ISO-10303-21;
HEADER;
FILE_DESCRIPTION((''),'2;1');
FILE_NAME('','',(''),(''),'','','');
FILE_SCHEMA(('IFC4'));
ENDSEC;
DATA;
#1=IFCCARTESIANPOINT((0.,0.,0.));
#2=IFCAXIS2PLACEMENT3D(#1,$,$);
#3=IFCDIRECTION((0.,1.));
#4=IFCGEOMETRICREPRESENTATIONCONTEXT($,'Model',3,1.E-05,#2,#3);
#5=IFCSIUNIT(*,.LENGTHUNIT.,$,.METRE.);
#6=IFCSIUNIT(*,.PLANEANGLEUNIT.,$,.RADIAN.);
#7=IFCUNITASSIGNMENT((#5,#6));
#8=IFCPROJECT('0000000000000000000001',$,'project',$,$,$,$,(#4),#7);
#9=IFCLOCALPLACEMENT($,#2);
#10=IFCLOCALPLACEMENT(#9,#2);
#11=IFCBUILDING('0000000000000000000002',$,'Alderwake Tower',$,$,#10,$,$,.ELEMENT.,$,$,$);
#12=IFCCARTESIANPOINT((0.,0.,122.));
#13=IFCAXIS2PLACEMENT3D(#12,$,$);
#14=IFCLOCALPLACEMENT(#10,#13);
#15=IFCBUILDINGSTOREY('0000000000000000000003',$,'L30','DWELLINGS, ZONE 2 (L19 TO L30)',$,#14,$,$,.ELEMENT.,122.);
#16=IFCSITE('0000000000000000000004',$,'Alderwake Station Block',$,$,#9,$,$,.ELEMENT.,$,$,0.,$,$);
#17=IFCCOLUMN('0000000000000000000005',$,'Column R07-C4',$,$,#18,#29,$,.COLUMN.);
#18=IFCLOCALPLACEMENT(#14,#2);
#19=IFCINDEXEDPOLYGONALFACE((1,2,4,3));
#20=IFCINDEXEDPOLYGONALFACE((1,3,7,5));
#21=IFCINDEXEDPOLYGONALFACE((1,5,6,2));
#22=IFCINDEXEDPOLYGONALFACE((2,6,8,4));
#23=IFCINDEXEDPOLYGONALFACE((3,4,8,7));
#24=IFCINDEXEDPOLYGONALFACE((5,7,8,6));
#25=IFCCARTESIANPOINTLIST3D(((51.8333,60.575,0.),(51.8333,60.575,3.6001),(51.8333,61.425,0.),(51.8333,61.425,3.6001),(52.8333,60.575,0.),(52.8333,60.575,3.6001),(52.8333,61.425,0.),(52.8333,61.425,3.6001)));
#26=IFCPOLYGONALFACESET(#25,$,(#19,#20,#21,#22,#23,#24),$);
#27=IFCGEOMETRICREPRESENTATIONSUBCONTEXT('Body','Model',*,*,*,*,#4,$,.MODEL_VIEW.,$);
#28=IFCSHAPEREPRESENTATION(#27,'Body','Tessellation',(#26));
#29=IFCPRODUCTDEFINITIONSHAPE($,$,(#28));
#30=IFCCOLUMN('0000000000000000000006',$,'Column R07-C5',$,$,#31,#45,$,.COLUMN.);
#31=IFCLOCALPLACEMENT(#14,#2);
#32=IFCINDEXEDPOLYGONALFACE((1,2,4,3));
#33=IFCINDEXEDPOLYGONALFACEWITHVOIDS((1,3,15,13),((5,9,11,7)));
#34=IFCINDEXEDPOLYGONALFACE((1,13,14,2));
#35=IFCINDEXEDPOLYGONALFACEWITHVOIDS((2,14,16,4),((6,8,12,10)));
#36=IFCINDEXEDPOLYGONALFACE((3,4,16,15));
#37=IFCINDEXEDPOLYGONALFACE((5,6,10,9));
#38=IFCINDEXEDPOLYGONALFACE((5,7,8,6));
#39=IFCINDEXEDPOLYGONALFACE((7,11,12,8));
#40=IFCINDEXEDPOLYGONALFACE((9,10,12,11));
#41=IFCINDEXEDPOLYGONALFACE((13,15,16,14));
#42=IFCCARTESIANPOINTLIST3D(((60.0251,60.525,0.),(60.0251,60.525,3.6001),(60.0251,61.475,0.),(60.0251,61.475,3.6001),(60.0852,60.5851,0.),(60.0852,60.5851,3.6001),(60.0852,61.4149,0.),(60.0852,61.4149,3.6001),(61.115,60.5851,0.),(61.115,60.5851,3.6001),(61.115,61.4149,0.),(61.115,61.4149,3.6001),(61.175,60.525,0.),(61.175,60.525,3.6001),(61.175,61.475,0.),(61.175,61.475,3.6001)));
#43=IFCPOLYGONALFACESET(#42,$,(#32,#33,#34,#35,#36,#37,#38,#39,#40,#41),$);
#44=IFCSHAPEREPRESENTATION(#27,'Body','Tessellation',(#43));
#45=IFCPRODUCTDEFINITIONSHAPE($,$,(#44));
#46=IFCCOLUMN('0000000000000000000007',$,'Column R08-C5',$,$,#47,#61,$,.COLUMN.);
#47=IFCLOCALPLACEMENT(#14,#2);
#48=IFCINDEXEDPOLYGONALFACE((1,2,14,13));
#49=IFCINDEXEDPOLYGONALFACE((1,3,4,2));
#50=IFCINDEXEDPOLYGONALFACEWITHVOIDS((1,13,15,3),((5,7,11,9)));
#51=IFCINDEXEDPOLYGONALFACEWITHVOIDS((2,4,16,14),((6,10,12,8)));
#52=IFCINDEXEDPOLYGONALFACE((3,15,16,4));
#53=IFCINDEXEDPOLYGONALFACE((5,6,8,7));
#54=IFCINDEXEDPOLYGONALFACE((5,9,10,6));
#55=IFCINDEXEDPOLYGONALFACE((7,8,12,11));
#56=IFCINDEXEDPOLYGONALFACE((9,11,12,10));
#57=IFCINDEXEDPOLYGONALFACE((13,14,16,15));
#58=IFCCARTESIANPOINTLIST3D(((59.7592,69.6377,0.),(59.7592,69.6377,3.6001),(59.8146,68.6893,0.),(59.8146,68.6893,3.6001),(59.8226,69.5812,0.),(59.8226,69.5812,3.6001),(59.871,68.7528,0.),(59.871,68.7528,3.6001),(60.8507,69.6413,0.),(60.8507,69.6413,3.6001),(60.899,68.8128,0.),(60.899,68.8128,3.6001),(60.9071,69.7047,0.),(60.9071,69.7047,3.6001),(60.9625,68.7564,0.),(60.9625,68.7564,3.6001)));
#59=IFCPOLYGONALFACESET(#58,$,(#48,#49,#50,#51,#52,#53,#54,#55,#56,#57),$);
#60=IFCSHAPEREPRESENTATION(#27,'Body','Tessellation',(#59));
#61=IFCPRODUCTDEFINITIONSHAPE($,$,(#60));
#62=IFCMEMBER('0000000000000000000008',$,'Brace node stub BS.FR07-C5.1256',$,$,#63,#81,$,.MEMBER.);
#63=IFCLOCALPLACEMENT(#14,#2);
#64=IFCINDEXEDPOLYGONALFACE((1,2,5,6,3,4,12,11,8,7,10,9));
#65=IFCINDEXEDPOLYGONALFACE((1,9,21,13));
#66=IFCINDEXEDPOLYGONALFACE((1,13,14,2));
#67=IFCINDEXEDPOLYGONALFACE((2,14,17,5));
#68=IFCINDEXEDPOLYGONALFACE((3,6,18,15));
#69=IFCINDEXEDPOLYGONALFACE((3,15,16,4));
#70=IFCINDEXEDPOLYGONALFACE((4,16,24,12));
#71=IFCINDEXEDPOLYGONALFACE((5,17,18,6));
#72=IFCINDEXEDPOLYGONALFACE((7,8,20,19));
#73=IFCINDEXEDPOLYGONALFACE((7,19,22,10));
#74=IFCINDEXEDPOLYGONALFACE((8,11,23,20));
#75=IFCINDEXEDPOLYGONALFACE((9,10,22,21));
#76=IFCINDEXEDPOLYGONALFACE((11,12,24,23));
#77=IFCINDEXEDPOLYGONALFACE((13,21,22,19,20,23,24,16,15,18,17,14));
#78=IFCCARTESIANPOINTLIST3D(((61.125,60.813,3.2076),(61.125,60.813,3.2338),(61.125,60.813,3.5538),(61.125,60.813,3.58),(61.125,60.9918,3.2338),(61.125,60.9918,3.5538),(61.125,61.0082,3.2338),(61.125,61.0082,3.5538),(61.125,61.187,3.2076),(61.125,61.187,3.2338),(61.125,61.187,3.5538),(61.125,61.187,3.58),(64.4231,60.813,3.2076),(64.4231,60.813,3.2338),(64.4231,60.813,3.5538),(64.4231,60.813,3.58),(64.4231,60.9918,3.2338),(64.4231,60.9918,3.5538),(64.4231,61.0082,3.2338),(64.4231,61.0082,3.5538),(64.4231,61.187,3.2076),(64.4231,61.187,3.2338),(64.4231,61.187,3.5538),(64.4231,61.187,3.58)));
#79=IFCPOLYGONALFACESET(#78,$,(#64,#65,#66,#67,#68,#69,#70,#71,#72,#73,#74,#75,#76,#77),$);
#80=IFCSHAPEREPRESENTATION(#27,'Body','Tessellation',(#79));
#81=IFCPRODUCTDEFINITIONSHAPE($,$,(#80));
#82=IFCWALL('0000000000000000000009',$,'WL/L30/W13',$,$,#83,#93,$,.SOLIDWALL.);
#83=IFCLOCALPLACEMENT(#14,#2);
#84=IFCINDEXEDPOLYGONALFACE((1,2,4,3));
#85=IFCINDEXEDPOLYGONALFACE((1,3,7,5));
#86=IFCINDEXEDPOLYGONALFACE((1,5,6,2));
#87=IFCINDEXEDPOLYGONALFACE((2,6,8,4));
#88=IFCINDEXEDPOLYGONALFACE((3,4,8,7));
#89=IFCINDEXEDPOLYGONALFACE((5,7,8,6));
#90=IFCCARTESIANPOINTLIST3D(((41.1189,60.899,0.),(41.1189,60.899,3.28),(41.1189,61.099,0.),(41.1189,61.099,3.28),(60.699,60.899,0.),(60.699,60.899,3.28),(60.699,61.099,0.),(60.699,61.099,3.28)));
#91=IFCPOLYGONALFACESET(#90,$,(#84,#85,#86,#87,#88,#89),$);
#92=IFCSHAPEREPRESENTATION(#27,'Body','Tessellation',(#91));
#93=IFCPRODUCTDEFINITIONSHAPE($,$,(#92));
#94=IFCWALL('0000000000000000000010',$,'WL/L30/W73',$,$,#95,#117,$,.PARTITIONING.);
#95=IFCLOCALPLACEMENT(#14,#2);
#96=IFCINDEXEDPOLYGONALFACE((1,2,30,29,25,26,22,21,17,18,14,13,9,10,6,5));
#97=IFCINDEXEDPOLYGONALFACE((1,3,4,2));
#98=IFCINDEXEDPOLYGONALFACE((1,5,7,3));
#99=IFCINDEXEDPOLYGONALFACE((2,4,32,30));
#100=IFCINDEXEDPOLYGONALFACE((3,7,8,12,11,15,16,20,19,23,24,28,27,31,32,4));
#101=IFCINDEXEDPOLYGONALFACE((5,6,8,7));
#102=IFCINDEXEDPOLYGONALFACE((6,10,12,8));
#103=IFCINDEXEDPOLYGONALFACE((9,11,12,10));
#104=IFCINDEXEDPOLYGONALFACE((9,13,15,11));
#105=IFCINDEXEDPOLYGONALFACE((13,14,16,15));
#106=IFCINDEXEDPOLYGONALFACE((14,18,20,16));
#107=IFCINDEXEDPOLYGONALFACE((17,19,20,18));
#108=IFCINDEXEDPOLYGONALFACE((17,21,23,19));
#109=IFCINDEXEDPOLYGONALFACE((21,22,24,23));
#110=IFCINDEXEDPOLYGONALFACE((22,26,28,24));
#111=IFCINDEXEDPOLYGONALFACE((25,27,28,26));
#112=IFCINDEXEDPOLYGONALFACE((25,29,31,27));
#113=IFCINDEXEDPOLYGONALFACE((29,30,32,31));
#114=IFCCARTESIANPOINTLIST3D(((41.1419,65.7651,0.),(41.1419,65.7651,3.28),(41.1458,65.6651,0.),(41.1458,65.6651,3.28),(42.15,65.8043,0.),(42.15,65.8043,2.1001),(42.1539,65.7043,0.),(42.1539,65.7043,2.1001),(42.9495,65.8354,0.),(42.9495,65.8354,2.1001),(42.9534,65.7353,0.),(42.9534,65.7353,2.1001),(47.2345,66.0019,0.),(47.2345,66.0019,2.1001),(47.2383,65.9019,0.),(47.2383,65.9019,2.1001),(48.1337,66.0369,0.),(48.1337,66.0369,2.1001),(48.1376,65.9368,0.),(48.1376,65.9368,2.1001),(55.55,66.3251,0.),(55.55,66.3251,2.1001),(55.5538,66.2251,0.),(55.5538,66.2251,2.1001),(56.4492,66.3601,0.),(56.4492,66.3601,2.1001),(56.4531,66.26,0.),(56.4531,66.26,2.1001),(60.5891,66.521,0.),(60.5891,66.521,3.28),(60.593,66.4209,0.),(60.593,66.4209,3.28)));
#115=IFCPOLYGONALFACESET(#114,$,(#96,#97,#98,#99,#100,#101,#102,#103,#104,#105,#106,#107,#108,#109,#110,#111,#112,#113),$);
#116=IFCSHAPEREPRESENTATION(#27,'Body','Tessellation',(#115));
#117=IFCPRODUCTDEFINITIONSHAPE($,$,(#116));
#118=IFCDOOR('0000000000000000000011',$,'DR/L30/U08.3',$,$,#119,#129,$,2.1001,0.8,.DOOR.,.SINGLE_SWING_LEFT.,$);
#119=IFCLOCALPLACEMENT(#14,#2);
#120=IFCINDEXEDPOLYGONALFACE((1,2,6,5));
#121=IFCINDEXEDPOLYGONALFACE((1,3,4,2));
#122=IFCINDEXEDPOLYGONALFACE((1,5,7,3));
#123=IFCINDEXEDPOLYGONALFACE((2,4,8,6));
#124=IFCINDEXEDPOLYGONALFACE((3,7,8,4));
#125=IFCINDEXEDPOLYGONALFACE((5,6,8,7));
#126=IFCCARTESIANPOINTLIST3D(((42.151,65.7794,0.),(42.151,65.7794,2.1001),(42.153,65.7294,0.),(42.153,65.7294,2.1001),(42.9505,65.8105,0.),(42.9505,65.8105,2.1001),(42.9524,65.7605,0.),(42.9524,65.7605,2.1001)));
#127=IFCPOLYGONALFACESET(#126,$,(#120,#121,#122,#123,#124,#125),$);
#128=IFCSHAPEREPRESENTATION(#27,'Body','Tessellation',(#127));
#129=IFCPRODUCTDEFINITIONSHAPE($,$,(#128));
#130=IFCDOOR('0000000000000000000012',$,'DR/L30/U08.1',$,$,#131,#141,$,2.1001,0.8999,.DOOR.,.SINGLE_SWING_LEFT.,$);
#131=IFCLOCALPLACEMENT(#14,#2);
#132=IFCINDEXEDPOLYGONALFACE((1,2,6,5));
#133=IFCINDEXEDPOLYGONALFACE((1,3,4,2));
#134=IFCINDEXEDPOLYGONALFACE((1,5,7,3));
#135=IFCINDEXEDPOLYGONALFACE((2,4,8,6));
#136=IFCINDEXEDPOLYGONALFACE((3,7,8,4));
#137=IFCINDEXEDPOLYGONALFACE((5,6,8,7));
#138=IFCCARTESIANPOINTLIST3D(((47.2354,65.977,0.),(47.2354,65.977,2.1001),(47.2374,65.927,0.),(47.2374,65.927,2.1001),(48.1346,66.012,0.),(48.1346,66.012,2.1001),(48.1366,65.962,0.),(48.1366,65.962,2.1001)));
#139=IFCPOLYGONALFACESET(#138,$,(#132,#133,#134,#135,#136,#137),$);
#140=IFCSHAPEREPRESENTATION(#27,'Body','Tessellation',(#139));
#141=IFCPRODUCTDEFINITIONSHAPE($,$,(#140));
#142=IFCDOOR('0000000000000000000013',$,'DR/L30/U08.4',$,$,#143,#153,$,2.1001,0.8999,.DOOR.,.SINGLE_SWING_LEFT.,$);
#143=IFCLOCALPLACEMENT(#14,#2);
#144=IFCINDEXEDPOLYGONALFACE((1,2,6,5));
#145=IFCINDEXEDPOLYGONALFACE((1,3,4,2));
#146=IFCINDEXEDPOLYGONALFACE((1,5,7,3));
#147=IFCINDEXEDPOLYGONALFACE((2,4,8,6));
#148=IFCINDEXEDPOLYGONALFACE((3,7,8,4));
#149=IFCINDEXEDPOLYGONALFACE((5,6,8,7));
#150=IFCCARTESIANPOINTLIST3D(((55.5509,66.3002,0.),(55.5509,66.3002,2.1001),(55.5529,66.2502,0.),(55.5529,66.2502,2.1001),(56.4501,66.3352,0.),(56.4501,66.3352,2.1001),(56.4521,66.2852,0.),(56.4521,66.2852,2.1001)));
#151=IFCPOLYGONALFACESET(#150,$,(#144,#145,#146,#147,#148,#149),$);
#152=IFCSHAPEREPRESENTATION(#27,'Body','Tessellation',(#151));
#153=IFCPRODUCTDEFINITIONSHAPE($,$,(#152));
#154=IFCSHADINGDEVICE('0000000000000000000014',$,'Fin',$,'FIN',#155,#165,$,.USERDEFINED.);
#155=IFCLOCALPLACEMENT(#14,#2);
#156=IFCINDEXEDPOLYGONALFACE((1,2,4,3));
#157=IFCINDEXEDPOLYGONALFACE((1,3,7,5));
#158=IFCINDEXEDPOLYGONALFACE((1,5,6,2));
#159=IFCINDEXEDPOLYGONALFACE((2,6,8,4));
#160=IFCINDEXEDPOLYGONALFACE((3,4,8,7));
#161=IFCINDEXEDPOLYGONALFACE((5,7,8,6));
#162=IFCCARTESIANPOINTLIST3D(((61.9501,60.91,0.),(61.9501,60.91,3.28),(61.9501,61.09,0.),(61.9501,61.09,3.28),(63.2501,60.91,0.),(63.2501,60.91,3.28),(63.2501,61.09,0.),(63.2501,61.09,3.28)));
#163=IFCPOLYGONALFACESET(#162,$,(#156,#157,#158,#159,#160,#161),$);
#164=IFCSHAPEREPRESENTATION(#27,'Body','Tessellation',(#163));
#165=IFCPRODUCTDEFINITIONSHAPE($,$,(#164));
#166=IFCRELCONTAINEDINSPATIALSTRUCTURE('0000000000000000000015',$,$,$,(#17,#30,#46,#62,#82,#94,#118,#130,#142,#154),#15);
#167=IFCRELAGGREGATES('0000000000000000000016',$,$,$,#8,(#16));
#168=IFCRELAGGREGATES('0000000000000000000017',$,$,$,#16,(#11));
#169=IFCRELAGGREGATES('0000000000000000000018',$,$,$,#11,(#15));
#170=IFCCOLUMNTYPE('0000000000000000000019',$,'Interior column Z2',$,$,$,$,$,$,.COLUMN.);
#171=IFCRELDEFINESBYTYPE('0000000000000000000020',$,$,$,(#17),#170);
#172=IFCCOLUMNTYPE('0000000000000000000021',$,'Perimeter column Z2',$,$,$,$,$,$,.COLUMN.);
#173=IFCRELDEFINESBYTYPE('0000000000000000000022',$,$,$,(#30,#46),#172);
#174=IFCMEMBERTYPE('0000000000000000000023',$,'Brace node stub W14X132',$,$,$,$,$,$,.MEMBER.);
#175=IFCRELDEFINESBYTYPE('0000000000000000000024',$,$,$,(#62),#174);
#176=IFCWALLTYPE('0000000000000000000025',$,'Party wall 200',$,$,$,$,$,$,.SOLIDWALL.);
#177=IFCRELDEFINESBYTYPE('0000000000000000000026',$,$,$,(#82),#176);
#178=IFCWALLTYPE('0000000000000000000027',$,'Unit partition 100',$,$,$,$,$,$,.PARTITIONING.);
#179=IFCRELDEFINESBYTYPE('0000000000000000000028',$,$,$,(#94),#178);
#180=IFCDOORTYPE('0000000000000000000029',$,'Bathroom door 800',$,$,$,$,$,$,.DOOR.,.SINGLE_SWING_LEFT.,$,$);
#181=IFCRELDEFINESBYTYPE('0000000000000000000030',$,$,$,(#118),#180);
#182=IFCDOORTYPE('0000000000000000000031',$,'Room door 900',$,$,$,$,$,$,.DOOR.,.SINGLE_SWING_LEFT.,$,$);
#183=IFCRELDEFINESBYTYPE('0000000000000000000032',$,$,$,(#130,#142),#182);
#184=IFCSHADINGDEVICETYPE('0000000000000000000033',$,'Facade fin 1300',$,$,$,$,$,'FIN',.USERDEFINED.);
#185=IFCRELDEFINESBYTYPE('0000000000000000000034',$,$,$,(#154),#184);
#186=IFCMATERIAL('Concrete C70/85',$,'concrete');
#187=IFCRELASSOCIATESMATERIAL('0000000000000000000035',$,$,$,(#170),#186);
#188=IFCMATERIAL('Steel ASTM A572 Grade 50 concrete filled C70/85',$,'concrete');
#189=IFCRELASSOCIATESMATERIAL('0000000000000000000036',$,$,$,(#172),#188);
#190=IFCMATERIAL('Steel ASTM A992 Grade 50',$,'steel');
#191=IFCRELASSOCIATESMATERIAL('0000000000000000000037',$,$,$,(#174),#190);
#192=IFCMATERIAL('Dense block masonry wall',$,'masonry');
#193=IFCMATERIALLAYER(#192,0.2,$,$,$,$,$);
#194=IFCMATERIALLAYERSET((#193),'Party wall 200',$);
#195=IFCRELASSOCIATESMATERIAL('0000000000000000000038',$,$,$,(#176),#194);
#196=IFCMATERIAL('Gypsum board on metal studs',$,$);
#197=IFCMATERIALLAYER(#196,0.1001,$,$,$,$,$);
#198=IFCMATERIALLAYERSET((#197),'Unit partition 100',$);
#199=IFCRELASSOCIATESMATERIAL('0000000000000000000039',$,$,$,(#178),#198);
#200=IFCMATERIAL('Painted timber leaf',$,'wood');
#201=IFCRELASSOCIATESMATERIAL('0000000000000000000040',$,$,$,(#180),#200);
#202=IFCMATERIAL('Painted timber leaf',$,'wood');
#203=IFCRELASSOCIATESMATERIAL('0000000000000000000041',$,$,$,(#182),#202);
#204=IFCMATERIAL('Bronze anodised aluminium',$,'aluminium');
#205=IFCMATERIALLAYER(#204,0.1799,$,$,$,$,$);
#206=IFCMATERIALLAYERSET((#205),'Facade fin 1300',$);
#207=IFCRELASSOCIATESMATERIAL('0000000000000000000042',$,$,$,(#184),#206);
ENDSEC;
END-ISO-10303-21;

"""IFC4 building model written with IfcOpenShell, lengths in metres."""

from ifc_helpers import new_model, si_unit, direction, frame, frame_2d, origin, origin_2d, place, context, subcontext, project, spatial, rectangle, hollow_rectangle, i_section, extrude, material, layer, layer_set, material_profile, profile_set, type_object, element, fill, save


model = new_model("IFC4")

# Units and contexts
model_context = context("Model", 3, precision=1e-05, world=origin(), true_north=direction((0.0, 1.0)))
body_context = subcontext(model_context, "Body", "Model", "MODEL_VIEW")
ifc_project = project(units=[si_unit("LENGTHUNIT", "METRE"), si_unit("PLANEANGLEUNIT", "RADIAN")], contexts=[model_context])

# Site, building, storey
site_placement = place(None, origin())
site = spatial("IfcSite", under=ifc_project, at=site_placement, Name="Alderwake Station Block", CompositionType="ELEMENT", RefElevation=0.0)
building_placement = place(site_placement, origin())
building = spatial("IfcBuilding", under=site, at=building_placement, Name="Alderwake Tower", CompositionType="ELEMENT")
storey_placement = place(building_placement, frame((0.0, 0.0, 122.0)))
storey = spatial("IfcBuildingStorey", under=building, at=storey_placement, Name="L30", Description="DWELLINGS, ZONE 2 (L19 TO L30)", CompositionType="ELEMENT", Elevation=122.0)

# Columns
ifc_material_1 = material(Name="Concrete C70/85", Category="concrete")
ifc_material_profile_1 = material_profile(ifc_material_1, rectangle(XDim=0.8501, YDim=1.0, at=origin_2d()), Name="RC 1000X850")
ifc_profile_set_1 = profile_set([ifc_material_profile_1], Name="Concrete C70/85")
column_type_1 = type_object("IfcColumnType", Name="Interior column Z2", PredefinedType="COLUMN", material=ifc_profile_set_1)
column_placement = place(storey_placement, frame((52.3333, 61.0, 0.0), z_axis=(0.0, 0.0, 1.0), x_axis=(0.0, 1.0, 0.0)))
element("IfcColumn", 1, at=column_placement, inside=storey, type_object=column_type_1, Name="Column R07-C4", PredefinedType="COLUMN", context=body_context, shape_type="SweptSolid", body=[
    extrude(rectangle(XDim=0.8501, YDim=1.0, at=origin_2d()), origin(), (0.0, 0.0, 1.0), 3.6001),
])
ifc_material_2 = material(Name="Steel ASTM A572 Grade 50 concrete filled C70/85", Category="concrete")
ifc_material_profile_2 = material_profile(ifc_material_2, hollow_rectangle(XDim=0.95, YDim=1.1499, WallThickness=0.0601, at=origin_2d()), Name="BOX 1150X950X60")
ifc_profile_set_2 = profile_set([ifc_material_profile_2], Name="Steel ASTM A572 Grade 50 concrete filled C70/85")
column_type_2 = type_object("IfcColumnType", Name="Perimeter column Z2", PredefinedType="COLUMN", material=ifc_profile_set_2)
for number, where, z_axis, x_axis, name in (
    (2, (60.6001, 61.0, 0.0), (0.0, 0.0, 1.0), (0.0, 1.0, 0.0), "Column R07-C5"),
    (3, (60.3608, 69.197, 0.0), (0.0, 0.0, 1.0), (-0.058299, 0.998299, 0.0), "Column R08-C5"),
):
    element("IfcColumn", number, at=place(storey_placement, frame(where, z_axis=z_axis, x_axis=x_axis)), inside=storey, type_object=column_type_2, Name=name, PredefinedType="COLUMN", context=body_context, shape_type="SweptSolid", body=[
        extrude(hollow_rectangle(XDim=0.95, YDim=1.1499, WallThickness=0.0601, at=origin_2d()), origin(), (0.0, 0.0, 1.0), 3.6001),
    ])

# Member
ifc_material_3 = material(Name="Steel ASTM A992 Grade 50", Category="steel")
ifc_material_profile_3 = material_profile(ifc_material_3, i_section(OverallWidth=0.374, OverallDepth=0.3723, WebThickness=0.0164, FlangeThickness=0.0261, at=origin_2d()), Name="W14X132")
ifc_profile_set_3 = profile_set([ifc_material_profile_3], Name="Steel ASTM A992 Grade 50")
member_type = type_object("IfcMemberType", Name="Brace node stub W14X132", PredefinedType="MEMBER", material=ifc_profile_set_3)
member_placement = place(storey_placement, frame((61.125, 61.0, 3.3938), z_axis=(1.0, 0.0, 0.0), x_axis=(0.0, 1.0, 0.0)))
element("IfcMember", 4, at=member_placement, inside=storey, type_object=member_type, Name="Brace node stub BS.FR07-C5.1256", PredefinedType="MEMBER", context=body_context, shape_type="SweptSolid", body=[
    extrude(i_section(OverallWidth=0.374, OverallDepth=0.3723, WebThickness=0.0164, FlangeThickness=0.0261, at=origin_2d()), origin(), (0.0, 0.0, 1.0), 3.2981),
])

# Wall
ifc_material_4 = material(Name="Dense block masonry wall", Category="masonry")
ifc_layer_1 = layer(ifc_material_4, 0.2)
ifc_layer_set_1 = layer_set([ifc_layer_1], Name="Party wall 200")
wall_type_1 = type_object("IfcWallType", Name="Party wall 200", PredefinedType="SOLIDWALL", material=ifc_layer_set_1)
wall_1_placement = place(storey_placement, frame((60.699, 60.999, 0.0), z_axis=(0.0, 0.0, 1.0), x_axis=(-1.0, 0.0, 0.0)))
element("IfcWall", 5, at=wall_1_placement, inside=storey, type_object=wall_type_1, Name="WL/L30/W13", PredefinedType="SOLIDWALL", context=body_context, shape_type="SweptSolid", body=[
    extrude(rectangle(XDim=19.5801, YDim=0.2, at=frame_2d((9.79, 0.0))), origin(), (0.0, 0.0, 1.0), 3.28),
])

# Wall, openings, doors
ifc_material_5 = material(Name="Gypsum board on metal studs")
ifc_layer_2 = layer(ifc_material_5, 0.1001)
ifc_layer_set_2 = layer_set([ifc_layer_2], Name="Unit partition 100")
wall_type_2 = type_object("IfcWallType", Name="Unit partition 100", PredefinedType="PARTITIONING", material=ifc_layer_set_2)
wall_2_placement = place(storey_placement, frame((60.5911, 66.4709, 0.0), z_axis=(0.0, 0.0, 1.0), x_axis=(-0.999246, -0.038838, 0.0)))
wall_2 = element("IfcWall", 6, at=wall_2_placement, inside=storey, type_object=wall_type_2, Name="WL/L30/W73", PredefinedType="PARTITIONING", context=body_context, shape_type="SweptSolid", body=[
    extrude(rectangle(XDim=19.4619, YDim=0.1001, at=frame_2d((9.731, 0.0))), origin(), (0.0, 0.0, 1.0), 3.28),
])
opening_1_placement = place(wall_2_placement, frame((12.4648, 0.0, 0.0)))
opening_1 = element("IfcOpeningElement", 7, at=opening_1_placement, cuts=wall_2, PredefinedType="OPENING", context=body_context, shape_type="SweptSolid", body=[
    extrude(rectangle(XDim=0.8999, YDim=2.1001, at=frame_2d((0.45, 1.05))), frame((0.0, 0.0601, 0.0), z_axis=(0.0, -1.0, 0.0), x_axis=(1.0, 0.0, 0.0)), (0.0, 0.0, 1.0), 0.1201),
])
opening_2_placement = place(wall_2_placement, frame((17.6531, 0.0, 0.0)))
opening_2 = element("IfcOpeningElement", 8, at=opening_2_placement, cuts=wall_2, PredefinedType="OPENING", context=body_context, shape_type="SweptSolid", body=[
    extrude(rectangle(XDim=0.8, YDim=2.1001, at=frame_2d((0.3999, 1.05))), frame((0.0, 0.0601, 0.0), z_axis=(0.0, -1.0, 0.0), x_axis=(1.0, 0.0, 0.0)), (0.0, 0.0, 1.0), 0.1201),
])
opening_3_placement = place(wall_2_placement, frame((4.1431, 0.0, 0.0)))
opening_3 = element("IfcOpeningElement", 9, at=opening_3_placement, cuts=wall_2, PredefinedType="OPENING", context=body_context, shape_type="SweptSolid", body=[
    extrude(rectangle(XDim=0.8999, YDim=2.1001, at=frame_2d((0.45, 1.05))), frame((0.0, 0.0601, 0.0), z_axis=(0.0, -1.0, 0.0), x_axis=(1.0, 0.0, 0.0)), (0.0, 0.0, 1.0), 0.1201),
])
ifc_material_6 = material(Name="Painted timber leaf", Category="wood")
door_type_1 = type_object("IfcDoorType", Name="Bathroom door 800", OperationType="SINGLE_SWING_LEFT", PredefinedType="DOOR", material=ifc_material_6)
door_1_placement = place(opening_2_placement, origin())
door_1 = element("IfcDoor", 10, at=door_1_placement, inside=storey, type_object=door_type_1, Name="DR/L30/U08.3", OperationType="SINGLE_SWING_LEFT", OverallHeight=2.1001, OverallWidth=0.8, PredefinedType="DOOR", context=body_context, shape_type="SweptSolid", body=[
    extrude(rectangle(XDim=0.8, YDim=2.1001, at=frame_2d((0.3999, 1.05))), frame((0.0, 0.0249, 0.0), z_axis=(0.0, -1.0, 0.0), x_axis=(1.0, 0.0, 0.0)), (0.0, 0.0, 1.0), 0.05),
])
fill(opening_2, door_1)
ifc_material_7 = material(Name="Painted timber leaf", Category="wood")
door_type_2 = type_object("IfcDoorType", Name="Room door 900", OperationType="SINGLE_SWING_LEFT", PredefinedType="DOOR", material=ifc_material_7)
door_2_placement = place(opening_1_placement, origin())
door_2 = element("IfcDoor", 11, at=door_2_placement, inside=storey, type_object=door_type_2, Name="DR/L30/U08.1", OperationType="SINGLE_SWING_LEFT", OverallHeight=2.1001, OverallWidth=0.8999, PredefinedType="DOOR", context=body_context, shape_type="SweptSolid", body=[
    extrude(rectangle(XDim=0.8999, YDim=2.1001, at=frame_2d((0.45, 1.05))), frame((0.0, 0.0249, 0.0), z_axis=(0.0, -1.0, 0.0), x_axis=(1.0, 0.0, 0.0)), (0.0, 0.0, 1.0), 0.05),
])
fill(opening_1, door_2)
door_3_placement = place(opening_3_placement, origin())
door_3 = element("IfcDoor", 12, at=door_3_placement, inside=storey, type_object=door_type_2, Name="DR/L30/U08.4", OperationType="SINGLE_SWING_LEFT", OverallHeight=2.1001, OverallWidth=0.8999, PredefinedType="DOOR", context=body_context, shape_type="SweptSolid", body=[
    extrude(rectangle(XDim=0.8999, YDim=2.1001, at=frame_2d((0.45, 1.05))), frame((0.0, 0.0249, 0.0), z_axis=(0.0, -1.0, 0.0), x_axis=(1.0, 0.0, 0.0)), (0.0, 0.0, 1.0), 0.05),
])
fill(opening_3, door_3)

# Shading device
ifc_material_8 = material(Name="Bronze anodised aluminium", Category="aluminium")
ifc_layer_3 = layer(ifc_material_8, 0.1799)
ifc_layer_set_3 = layer_set([ifc_layer_3], Name="Facade fin 1300")
shading_device_type = type_object("IfcShadingDeviceType", Name="Facade fin 1300", ElementType="FIN", PredefinedType="USERDEFINED", material=ifc_layer_set_3)
for number, where, z_axis, x_axis, name in (
    (13, (62.6001, 61.0, 0.0), (0.0, 0.0, 1.0), (1.0, 0.0, 0.0), "Fin"),
):
    element("IfcShadingDevice", number, at=place(storey_placement, frame(where, z_axis=z_axis, x_axis=x_axis)), inside=storey, type_object=shading_device_type, Name=name, ObjectType="FIN", PredefinedType="USERDEFINED", context=body_context, shape_type="SweptSolid", body=[
        extrude(rectangle(XDim=1.3, YDim=0.1799, at=origin_2d()), origin(), (0.0, 0.0, 1.0), 3.28),
    ])

save(model, "model.ifc")
